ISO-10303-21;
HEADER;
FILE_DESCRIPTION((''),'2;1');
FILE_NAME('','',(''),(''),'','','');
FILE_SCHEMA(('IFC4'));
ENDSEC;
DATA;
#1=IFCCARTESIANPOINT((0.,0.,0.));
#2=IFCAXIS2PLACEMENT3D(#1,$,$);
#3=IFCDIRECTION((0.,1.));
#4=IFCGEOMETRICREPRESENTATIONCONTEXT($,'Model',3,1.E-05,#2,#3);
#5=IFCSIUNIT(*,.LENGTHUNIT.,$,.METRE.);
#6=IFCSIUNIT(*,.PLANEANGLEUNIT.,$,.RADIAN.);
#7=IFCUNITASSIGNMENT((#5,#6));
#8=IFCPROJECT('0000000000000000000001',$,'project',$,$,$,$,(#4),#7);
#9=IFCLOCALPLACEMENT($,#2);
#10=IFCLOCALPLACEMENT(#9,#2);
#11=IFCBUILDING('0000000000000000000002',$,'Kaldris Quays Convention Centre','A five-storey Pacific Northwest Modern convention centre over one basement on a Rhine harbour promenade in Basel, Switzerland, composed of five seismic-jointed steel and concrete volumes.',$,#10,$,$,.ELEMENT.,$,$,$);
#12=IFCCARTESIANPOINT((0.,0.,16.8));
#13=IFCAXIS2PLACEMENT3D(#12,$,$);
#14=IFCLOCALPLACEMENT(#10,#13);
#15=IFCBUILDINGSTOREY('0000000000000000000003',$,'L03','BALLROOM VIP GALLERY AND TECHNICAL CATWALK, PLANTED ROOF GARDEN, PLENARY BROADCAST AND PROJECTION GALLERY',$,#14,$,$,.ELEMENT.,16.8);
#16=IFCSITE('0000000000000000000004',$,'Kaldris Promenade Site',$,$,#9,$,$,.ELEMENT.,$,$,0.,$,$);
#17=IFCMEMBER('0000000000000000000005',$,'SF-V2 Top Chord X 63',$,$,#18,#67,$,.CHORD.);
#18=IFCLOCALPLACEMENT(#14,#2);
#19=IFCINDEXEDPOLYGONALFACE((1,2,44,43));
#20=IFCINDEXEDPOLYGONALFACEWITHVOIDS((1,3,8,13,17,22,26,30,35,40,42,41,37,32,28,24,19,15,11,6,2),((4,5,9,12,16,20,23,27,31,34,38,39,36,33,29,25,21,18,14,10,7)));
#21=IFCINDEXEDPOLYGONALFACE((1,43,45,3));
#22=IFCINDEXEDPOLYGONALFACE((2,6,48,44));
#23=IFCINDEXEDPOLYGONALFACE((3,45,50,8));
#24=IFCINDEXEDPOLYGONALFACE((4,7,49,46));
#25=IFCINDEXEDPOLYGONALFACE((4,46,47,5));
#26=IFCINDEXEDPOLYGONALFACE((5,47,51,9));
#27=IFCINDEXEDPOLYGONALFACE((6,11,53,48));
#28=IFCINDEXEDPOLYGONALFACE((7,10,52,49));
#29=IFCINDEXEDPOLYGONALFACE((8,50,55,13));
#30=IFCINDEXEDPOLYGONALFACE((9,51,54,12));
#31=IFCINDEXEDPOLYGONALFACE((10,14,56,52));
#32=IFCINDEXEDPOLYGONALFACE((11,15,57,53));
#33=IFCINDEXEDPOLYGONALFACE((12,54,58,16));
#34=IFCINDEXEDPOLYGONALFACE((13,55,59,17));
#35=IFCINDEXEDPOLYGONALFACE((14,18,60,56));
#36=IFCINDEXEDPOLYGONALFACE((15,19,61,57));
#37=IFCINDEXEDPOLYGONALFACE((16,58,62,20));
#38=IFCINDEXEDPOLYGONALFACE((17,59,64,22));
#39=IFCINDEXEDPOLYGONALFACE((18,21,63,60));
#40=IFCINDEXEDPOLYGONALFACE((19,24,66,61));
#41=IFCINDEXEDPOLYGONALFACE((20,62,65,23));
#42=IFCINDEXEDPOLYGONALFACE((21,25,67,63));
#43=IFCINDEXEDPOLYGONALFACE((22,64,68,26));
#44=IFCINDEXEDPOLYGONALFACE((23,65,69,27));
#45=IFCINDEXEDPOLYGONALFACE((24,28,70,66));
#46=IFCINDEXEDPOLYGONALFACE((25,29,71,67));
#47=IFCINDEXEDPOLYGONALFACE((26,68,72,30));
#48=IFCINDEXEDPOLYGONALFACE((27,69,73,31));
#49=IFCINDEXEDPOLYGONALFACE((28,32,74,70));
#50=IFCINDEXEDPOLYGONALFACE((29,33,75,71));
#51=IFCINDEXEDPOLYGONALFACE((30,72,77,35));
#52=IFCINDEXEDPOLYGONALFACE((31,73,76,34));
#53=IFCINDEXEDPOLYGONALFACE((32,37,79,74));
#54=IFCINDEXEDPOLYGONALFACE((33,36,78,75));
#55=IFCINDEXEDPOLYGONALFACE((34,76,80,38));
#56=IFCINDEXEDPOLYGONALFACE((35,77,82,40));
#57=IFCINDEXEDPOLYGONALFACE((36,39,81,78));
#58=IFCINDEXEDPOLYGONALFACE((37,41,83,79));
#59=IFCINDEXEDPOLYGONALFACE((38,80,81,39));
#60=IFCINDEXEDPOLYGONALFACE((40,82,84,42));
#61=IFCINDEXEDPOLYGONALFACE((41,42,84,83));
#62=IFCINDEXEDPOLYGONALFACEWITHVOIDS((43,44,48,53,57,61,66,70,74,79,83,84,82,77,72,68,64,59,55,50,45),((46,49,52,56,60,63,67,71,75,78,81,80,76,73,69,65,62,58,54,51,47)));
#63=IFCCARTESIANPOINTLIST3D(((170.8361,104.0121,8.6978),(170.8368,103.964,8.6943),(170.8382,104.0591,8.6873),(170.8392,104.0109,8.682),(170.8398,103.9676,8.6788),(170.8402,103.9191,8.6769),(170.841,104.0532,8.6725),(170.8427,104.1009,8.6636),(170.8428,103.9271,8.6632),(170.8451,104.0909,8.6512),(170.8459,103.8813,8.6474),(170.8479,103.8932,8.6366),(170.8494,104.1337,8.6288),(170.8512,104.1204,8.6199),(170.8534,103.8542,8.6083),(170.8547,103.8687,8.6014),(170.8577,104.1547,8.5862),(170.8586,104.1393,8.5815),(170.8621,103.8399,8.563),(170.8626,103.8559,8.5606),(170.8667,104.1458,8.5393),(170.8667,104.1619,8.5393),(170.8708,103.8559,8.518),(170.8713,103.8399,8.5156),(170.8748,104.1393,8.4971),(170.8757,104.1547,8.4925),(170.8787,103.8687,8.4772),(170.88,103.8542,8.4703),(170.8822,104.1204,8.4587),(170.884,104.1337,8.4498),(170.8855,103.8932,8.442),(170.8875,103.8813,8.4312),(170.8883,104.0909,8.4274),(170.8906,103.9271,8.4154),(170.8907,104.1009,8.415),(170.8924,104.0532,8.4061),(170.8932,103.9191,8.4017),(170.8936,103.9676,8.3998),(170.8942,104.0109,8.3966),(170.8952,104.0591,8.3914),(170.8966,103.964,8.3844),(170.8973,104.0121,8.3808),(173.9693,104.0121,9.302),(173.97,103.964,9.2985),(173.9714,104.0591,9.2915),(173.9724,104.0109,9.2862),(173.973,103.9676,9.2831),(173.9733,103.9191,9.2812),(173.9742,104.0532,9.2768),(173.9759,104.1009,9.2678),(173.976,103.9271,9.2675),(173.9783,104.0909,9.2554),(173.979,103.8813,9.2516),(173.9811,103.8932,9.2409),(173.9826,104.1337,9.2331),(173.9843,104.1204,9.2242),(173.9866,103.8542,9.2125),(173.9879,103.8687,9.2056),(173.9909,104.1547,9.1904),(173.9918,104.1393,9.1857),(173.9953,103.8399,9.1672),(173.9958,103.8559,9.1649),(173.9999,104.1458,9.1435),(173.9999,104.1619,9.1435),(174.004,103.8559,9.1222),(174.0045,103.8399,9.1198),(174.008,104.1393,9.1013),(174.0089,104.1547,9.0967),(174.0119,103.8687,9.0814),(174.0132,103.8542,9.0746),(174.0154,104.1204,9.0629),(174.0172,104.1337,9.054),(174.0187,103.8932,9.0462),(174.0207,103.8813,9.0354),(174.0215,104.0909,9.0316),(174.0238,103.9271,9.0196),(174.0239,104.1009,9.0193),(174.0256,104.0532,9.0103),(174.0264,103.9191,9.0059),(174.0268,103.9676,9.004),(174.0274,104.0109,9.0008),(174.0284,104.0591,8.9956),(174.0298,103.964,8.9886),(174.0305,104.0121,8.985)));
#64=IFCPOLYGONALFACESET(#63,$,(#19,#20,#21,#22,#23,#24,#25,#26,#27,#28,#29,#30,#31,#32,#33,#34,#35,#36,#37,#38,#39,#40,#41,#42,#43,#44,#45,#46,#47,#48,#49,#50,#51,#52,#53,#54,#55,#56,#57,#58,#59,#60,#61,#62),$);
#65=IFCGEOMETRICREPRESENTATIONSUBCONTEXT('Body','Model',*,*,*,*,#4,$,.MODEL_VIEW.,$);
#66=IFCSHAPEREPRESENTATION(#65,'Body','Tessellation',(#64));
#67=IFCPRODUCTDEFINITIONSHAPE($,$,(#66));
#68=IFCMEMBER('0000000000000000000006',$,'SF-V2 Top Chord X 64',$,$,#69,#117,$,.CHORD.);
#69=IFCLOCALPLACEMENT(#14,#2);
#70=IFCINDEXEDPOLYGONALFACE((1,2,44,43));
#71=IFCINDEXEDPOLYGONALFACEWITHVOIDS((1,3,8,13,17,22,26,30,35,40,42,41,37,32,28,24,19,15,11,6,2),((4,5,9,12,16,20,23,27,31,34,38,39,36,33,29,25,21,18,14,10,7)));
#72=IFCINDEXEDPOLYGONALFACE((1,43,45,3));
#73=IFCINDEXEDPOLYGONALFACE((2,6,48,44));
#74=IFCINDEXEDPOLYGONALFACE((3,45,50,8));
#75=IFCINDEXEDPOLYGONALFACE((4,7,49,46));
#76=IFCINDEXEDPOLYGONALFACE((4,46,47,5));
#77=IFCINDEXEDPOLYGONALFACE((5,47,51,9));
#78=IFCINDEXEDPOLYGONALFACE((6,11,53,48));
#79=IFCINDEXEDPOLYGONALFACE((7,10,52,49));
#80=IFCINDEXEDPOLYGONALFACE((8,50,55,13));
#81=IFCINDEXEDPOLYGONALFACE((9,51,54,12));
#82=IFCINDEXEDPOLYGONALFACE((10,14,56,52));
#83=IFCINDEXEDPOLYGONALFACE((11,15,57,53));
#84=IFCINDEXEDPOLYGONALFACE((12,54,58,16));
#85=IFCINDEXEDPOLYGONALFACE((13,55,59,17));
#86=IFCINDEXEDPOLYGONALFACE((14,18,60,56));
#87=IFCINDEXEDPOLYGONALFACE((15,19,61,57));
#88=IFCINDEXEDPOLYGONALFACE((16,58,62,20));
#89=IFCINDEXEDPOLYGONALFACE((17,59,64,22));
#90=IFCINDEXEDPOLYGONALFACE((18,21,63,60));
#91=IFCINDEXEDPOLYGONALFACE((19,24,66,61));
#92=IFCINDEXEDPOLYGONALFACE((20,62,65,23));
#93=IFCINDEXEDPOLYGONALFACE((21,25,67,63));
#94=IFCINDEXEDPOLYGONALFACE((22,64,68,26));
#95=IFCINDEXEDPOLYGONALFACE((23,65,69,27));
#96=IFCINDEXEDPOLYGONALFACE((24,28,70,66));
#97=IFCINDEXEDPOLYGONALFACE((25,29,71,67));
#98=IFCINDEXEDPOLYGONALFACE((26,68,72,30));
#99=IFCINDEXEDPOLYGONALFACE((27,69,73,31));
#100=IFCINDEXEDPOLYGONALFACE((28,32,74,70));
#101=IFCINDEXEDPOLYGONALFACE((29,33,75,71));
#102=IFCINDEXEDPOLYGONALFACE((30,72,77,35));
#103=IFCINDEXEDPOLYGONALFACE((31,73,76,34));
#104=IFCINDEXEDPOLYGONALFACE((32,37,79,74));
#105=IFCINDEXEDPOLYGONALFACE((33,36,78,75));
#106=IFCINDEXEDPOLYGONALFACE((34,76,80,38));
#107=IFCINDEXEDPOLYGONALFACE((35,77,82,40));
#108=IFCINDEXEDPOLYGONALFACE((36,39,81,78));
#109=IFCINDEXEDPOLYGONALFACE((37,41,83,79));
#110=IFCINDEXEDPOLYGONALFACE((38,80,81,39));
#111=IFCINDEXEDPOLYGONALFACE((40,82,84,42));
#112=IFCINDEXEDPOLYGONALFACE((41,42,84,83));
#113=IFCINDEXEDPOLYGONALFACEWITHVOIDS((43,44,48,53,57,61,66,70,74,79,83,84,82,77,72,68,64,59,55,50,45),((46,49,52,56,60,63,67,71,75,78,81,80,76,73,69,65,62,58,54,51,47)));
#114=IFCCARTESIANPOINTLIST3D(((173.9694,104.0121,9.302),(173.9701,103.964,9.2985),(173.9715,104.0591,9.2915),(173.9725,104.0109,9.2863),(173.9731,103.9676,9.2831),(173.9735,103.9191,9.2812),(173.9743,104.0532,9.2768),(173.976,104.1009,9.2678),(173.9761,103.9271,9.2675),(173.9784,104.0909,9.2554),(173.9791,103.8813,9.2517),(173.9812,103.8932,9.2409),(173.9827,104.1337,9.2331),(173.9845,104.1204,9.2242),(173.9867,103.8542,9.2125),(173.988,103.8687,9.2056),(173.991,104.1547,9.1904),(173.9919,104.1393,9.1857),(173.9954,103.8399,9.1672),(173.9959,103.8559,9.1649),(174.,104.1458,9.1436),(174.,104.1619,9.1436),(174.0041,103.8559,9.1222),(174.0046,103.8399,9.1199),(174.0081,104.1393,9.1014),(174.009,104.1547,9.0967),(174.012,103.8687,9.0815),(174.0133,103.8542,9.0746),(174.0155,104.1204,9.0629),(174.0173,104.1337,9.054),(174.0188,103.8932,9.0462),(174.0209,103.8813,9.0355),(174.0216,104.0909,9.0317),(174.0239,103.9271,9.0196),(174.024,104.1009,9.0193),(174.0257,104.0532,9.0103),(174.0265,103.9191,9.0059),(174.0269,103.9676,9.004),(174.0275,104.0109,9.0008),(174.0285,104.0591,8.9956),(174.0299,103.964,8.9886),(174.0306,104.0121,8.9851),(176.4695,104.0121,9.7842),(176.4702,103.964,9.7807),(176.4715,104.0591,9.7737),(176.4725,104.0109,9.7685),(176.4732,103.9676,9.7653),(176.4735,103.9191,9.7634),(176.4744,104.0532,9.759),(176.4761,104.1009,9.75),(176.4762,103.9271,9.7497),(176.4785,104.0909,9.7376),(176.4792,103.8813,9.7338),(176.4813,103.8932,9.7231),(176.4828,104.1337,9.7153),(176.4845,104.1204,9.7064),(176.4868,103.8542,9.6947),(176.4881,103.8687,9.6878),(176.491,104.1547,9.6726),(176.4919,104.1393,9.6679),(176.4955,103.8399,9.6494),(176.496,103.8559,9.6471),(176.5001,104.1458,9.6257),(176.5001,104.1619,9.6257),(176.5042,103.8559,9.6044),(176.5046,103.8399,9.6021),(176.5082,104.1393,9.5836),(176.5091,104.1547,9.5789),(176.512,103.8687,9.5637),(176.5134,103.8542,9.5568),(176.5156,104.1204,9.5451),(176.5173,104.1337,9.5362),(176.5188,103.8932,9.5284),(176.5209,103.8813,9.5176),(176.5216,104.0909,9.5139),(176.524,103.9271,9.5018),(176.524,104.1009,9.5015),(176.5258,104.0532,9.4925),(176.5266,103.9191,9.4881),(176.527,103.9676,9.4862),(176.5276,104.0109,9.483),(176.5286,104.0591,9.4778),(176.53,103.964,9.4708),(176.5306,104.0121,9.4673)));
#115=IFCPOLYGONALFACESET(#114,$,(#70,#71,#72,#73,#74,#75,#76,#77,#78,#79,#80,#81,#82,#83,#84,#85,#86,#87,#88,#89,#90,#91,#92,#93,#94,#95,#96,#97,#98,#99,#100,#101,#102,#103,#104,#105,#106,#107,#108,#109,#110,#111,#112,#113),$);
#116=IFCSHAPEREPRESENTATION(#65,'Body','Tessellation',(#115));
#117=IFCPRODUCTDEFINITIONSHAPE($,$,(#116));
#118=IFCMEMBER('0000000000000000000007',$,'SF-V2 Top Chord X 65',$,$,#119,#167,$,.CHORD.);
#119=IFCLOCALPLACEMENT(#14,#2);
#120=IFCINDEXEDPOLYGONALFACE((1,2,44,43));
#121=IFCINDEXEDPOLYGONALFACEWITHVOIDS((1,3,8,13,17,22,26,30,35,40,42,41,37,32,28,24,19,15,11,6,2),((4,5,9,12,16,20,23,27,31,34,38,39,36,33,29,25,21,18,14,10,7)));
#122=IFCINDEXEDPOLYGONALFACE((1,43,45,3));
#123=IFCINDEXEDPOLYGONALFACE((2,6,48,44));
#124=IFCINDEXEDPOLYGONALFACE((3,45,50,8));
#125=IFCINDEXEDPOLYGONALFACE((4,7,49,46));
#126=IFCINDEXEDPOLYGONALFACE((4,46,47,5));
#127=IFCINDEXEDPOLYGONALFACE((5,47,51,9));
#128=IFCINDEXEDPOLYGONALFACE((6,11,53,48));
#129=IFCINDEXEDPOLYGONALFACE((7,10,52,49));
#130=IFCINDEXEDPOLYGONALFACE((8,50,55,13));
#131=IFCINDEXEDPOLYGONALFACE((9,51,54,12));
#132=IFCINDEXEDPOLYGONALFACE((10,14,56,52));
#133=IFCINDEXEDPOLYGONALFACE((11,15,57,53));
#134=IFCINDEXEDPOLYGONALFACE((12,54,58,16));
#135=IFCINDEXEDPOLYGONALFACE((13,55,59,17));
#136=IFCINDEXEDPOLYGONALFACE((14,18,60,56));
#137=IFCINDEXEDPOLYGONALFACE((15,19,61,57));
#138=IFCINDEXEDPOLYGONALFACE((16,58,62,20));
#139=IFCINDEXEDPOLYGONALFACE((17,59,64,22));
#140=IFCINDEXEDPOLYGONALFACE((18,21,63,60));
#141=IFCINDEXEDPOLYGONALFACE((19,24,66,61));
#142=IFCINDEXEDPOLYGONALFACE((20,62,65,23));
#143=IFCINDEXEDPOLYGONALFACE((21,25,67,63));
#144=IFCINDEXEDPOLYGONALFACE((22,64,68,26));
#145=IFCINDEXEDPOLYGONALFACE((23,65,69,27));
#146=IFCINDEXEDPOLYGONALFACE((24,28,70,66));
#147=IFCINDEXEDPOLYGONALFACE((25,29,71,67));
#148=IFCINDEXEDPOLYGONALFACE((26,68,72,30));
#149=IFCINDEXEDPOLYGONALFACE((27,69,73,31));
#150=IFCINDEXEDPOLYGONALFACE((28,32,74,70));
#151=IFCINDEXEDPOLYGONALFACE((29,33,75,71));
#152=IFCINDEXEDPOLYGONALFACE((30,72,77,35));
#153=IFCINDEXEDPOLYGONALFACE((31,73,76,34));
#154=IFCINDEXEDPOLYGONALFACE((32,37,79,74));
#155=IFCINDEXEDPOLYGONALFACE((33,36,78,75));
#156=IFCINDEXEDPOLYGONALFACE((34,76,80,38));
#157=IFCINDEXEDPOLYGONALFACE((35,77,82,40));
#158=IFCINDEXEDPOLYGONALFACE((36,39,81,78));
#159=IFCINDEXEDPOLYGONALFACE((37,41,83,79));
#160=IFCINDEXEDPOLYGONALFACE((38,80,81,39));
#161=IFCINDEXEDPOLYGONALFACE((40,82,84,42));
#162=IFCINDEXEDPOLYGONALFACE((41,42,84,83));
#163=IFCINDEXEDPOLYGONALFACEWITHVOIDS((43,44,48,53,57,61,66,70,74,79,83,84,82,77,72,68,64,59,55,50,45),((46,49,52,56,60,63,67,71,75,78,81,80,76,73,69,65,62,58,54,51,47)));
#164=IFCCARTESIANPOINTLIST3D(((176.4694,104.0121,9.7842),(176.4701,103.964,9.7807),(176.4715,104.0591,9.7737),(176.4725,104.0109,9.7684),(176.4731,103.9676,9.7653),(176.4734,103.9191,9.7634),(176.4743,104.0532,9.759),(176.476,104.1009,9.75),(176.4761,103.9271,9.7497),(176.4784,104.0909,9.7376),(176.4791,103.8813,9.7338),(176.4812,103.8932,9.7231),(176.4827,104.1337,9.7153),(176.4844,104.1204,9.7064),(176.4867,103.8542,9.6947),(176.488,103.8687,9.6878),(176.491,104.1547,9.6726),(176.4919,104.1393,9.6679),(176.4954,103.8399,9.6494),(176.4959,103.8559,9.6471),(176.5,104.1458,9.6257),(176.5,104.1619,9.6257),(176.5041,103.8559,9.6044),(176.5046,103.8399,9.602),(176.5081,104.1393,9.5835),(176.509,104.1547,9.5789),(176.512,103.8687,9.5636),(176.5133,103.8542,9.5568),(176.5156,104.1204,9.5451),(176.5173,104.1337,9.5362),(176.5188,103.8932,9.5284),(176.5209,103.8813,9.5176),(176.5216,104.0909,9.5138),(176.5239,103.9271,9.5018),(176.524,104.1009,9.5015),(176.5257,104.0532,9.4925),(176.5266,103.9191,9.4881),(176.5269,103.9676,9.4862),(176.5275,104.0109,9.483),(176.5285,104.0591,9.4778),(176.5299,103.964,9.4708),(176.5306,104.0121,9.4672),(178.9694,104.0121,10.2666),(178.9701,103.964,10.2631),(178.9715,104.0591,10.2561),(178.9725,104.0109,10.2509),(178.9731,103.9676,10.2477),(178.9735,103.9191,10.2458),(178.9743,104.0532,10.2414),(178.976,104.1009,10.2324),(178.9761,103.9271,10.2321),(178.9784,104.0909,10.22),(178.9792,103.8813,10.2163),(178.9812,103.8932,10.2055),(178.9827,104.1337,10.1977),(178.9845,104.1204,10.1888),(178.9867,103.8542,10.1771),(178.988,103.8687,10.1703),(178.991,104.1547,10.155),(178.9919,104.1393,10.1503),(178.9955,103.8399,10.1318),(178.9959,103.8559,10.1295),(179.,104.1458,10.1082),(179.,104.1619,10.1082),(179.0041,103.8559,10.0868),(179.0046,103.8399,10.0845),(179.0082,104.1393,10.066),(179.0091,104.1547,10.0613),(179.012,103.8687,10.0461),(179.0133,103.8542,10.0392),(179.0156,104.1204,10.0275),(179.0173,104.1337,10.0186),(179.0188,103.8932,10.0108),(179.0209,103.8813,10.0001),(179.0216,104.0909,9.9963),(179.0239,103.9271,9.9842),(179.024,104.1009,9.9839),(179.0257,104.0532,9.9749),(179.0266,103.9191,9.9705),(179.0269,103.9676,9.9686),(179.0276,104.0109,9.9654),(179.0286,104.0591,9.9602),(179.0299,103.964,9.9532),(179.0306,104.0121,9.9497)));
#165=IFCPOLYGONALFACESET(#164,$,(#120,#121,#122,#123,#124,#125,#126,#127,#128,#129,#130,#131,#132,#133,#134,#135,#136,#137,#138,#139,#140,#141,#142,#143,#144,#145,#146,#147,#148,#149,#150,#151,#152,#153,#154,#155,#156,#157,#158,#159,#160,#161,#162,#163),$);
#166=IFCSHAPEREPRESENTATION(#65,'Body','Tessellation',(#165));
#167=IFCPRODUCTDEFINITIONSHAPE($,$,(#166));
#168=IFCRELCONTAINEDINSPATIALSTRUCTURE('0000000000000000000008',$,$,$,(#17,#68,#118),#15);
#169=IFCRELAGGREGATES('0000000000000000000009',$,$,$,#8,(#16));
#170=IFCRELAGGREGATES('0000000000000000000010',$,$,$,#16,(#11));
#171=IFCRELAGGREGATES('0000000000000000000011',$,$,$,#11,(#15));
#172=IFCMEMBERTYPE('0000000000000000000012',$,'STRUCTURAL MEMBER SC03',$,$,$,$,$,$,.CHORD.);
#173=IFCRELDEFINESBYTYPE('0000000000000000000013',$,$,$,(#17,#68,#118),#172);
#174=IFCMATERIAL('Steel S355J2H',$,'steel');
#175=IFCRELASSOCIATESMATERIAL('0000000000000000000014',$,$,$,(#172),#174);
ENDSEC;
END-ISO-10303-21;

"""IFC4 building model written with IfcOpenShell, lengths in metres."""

from ifc_helpers import new_model, si_unit, direction, frame, origin, origin_2d, place, context, subcontext, project, spatial, hollow_circle, extrude, material, material_profile, profile_set, type_object, element, save


model = new_model("IFC4")

# Units and contexts
model_context = context("Model", 3, precision=1e-05, world=origin(), true_north=direction((0.0, 1.0)))
body_context = subcontext(model_context, "Body", "Model", "MODEL_VIEW")
ifc_project = project(units=[si_unit("LENGTHUNIT", "METRE"), si_unit("PLANEANGLEUNIT", "RADIAN")], contexts=[model_context])

# Site, building, storey
site_placement = place(None, origin())
site = spatial("IfcSite", under=ifc_project, at=site_placement, Name="Kaldris Promenade Site", CompositionType="ELEMENT", RefElevation=0.0)
building_placement = place(site_placement, origin())
building = spatial("IfcBuilding", under=site, at=building_placement, Name="Kaldris Quays Convention Centre", Description="A five-storey Pacific Northwest Modern convention centre over one basement on a Rhine harbour promenade in Basel, Switzerland, composed of five seismic-jointed steel and concrete volumes.", CompositionType="ELEMENT")
storey_placement = place(building_placement, frame((0.0, 0.0, 16.8)))
storey = spatial("IfcBuildingStorey", under=building, at=storey_placement, Name="L03", Description="BALLROOM VIP GALLERY AND TECHNICAL CATWALK, PLANTED ROOF GARDEN, PLENARY BROADCAST AND PROJECTION GALLERY", CompositionType="ELEMENT", Elevation=16.8)

# Members
ifc_material_1 = material(Name="Steel S355J2H", Category="steel")
ifc_material_profile_1 = material_profile(ifc_material_1, hollow_circle(Radius=0.1619, WallThickness=0.0161, at=origin_2d()), Name="CHS 323.9x16")
ifc_profile_set_1 = profile_set([ifc_material_profile_1], Name="Steel S355J2H")
member_type_1 = type_object("IfcMemberType", Name="STRUCTURAL MEMBER SC03", PredefinedType="CHORD", material=ifc_profile_set_1)
member_1_placement = place(storey_placement, frame((170.8667, 104.0, 8.5393), z_axis=(0.981908, 0.0, 0.189358), x_axis=(0.0, 1.0, 0.0)))
element("IfcMember", 1, at=member_1_placement, inside=storey, type_object=member_type_1, Name="SF-V2 Top Chord X 63", PredefinedType="CHORD", context=body_context, shape_type="SweptSolid", body=[
    extrude(hollow_circle(Radius=0.1619, WallThickness=0.0161, at=origin_2d()), origin(), (0.0, 0.0, 1.0), 3.1909),
])
for number, where, z_axis, x_axis, name in (
    (2, (174.0, 104.0, 9.1436), (0.981904, 0.0, 0.189381), (0.0, 1.0, 0.0), "SF-V2 Top Chord X 64"),
    (3, (176.5, 104.0, 9.6257), (0.981886, 0.0, 0.189473), (0.0, 1.0, 0.0), "SF-V2 Top Chord X 65"),
):
    element("IfcMember", number, at=place(storey_placement, frame(where, z_axis=z_axis, x_axis=x_axis)), inside=storey, type_object=member_type_1, Name=name, PredefinedType="CHORD", context=body_context, shape_type="SweptSolid", body=[
        extrude(hollow_circle(Radius=0.1619, WallThickness=0.0161, at=origin_2d()), origin(), (0.0, 0.0, 1.0), 2.5461),
    ])

save(model, "model.ifc")
